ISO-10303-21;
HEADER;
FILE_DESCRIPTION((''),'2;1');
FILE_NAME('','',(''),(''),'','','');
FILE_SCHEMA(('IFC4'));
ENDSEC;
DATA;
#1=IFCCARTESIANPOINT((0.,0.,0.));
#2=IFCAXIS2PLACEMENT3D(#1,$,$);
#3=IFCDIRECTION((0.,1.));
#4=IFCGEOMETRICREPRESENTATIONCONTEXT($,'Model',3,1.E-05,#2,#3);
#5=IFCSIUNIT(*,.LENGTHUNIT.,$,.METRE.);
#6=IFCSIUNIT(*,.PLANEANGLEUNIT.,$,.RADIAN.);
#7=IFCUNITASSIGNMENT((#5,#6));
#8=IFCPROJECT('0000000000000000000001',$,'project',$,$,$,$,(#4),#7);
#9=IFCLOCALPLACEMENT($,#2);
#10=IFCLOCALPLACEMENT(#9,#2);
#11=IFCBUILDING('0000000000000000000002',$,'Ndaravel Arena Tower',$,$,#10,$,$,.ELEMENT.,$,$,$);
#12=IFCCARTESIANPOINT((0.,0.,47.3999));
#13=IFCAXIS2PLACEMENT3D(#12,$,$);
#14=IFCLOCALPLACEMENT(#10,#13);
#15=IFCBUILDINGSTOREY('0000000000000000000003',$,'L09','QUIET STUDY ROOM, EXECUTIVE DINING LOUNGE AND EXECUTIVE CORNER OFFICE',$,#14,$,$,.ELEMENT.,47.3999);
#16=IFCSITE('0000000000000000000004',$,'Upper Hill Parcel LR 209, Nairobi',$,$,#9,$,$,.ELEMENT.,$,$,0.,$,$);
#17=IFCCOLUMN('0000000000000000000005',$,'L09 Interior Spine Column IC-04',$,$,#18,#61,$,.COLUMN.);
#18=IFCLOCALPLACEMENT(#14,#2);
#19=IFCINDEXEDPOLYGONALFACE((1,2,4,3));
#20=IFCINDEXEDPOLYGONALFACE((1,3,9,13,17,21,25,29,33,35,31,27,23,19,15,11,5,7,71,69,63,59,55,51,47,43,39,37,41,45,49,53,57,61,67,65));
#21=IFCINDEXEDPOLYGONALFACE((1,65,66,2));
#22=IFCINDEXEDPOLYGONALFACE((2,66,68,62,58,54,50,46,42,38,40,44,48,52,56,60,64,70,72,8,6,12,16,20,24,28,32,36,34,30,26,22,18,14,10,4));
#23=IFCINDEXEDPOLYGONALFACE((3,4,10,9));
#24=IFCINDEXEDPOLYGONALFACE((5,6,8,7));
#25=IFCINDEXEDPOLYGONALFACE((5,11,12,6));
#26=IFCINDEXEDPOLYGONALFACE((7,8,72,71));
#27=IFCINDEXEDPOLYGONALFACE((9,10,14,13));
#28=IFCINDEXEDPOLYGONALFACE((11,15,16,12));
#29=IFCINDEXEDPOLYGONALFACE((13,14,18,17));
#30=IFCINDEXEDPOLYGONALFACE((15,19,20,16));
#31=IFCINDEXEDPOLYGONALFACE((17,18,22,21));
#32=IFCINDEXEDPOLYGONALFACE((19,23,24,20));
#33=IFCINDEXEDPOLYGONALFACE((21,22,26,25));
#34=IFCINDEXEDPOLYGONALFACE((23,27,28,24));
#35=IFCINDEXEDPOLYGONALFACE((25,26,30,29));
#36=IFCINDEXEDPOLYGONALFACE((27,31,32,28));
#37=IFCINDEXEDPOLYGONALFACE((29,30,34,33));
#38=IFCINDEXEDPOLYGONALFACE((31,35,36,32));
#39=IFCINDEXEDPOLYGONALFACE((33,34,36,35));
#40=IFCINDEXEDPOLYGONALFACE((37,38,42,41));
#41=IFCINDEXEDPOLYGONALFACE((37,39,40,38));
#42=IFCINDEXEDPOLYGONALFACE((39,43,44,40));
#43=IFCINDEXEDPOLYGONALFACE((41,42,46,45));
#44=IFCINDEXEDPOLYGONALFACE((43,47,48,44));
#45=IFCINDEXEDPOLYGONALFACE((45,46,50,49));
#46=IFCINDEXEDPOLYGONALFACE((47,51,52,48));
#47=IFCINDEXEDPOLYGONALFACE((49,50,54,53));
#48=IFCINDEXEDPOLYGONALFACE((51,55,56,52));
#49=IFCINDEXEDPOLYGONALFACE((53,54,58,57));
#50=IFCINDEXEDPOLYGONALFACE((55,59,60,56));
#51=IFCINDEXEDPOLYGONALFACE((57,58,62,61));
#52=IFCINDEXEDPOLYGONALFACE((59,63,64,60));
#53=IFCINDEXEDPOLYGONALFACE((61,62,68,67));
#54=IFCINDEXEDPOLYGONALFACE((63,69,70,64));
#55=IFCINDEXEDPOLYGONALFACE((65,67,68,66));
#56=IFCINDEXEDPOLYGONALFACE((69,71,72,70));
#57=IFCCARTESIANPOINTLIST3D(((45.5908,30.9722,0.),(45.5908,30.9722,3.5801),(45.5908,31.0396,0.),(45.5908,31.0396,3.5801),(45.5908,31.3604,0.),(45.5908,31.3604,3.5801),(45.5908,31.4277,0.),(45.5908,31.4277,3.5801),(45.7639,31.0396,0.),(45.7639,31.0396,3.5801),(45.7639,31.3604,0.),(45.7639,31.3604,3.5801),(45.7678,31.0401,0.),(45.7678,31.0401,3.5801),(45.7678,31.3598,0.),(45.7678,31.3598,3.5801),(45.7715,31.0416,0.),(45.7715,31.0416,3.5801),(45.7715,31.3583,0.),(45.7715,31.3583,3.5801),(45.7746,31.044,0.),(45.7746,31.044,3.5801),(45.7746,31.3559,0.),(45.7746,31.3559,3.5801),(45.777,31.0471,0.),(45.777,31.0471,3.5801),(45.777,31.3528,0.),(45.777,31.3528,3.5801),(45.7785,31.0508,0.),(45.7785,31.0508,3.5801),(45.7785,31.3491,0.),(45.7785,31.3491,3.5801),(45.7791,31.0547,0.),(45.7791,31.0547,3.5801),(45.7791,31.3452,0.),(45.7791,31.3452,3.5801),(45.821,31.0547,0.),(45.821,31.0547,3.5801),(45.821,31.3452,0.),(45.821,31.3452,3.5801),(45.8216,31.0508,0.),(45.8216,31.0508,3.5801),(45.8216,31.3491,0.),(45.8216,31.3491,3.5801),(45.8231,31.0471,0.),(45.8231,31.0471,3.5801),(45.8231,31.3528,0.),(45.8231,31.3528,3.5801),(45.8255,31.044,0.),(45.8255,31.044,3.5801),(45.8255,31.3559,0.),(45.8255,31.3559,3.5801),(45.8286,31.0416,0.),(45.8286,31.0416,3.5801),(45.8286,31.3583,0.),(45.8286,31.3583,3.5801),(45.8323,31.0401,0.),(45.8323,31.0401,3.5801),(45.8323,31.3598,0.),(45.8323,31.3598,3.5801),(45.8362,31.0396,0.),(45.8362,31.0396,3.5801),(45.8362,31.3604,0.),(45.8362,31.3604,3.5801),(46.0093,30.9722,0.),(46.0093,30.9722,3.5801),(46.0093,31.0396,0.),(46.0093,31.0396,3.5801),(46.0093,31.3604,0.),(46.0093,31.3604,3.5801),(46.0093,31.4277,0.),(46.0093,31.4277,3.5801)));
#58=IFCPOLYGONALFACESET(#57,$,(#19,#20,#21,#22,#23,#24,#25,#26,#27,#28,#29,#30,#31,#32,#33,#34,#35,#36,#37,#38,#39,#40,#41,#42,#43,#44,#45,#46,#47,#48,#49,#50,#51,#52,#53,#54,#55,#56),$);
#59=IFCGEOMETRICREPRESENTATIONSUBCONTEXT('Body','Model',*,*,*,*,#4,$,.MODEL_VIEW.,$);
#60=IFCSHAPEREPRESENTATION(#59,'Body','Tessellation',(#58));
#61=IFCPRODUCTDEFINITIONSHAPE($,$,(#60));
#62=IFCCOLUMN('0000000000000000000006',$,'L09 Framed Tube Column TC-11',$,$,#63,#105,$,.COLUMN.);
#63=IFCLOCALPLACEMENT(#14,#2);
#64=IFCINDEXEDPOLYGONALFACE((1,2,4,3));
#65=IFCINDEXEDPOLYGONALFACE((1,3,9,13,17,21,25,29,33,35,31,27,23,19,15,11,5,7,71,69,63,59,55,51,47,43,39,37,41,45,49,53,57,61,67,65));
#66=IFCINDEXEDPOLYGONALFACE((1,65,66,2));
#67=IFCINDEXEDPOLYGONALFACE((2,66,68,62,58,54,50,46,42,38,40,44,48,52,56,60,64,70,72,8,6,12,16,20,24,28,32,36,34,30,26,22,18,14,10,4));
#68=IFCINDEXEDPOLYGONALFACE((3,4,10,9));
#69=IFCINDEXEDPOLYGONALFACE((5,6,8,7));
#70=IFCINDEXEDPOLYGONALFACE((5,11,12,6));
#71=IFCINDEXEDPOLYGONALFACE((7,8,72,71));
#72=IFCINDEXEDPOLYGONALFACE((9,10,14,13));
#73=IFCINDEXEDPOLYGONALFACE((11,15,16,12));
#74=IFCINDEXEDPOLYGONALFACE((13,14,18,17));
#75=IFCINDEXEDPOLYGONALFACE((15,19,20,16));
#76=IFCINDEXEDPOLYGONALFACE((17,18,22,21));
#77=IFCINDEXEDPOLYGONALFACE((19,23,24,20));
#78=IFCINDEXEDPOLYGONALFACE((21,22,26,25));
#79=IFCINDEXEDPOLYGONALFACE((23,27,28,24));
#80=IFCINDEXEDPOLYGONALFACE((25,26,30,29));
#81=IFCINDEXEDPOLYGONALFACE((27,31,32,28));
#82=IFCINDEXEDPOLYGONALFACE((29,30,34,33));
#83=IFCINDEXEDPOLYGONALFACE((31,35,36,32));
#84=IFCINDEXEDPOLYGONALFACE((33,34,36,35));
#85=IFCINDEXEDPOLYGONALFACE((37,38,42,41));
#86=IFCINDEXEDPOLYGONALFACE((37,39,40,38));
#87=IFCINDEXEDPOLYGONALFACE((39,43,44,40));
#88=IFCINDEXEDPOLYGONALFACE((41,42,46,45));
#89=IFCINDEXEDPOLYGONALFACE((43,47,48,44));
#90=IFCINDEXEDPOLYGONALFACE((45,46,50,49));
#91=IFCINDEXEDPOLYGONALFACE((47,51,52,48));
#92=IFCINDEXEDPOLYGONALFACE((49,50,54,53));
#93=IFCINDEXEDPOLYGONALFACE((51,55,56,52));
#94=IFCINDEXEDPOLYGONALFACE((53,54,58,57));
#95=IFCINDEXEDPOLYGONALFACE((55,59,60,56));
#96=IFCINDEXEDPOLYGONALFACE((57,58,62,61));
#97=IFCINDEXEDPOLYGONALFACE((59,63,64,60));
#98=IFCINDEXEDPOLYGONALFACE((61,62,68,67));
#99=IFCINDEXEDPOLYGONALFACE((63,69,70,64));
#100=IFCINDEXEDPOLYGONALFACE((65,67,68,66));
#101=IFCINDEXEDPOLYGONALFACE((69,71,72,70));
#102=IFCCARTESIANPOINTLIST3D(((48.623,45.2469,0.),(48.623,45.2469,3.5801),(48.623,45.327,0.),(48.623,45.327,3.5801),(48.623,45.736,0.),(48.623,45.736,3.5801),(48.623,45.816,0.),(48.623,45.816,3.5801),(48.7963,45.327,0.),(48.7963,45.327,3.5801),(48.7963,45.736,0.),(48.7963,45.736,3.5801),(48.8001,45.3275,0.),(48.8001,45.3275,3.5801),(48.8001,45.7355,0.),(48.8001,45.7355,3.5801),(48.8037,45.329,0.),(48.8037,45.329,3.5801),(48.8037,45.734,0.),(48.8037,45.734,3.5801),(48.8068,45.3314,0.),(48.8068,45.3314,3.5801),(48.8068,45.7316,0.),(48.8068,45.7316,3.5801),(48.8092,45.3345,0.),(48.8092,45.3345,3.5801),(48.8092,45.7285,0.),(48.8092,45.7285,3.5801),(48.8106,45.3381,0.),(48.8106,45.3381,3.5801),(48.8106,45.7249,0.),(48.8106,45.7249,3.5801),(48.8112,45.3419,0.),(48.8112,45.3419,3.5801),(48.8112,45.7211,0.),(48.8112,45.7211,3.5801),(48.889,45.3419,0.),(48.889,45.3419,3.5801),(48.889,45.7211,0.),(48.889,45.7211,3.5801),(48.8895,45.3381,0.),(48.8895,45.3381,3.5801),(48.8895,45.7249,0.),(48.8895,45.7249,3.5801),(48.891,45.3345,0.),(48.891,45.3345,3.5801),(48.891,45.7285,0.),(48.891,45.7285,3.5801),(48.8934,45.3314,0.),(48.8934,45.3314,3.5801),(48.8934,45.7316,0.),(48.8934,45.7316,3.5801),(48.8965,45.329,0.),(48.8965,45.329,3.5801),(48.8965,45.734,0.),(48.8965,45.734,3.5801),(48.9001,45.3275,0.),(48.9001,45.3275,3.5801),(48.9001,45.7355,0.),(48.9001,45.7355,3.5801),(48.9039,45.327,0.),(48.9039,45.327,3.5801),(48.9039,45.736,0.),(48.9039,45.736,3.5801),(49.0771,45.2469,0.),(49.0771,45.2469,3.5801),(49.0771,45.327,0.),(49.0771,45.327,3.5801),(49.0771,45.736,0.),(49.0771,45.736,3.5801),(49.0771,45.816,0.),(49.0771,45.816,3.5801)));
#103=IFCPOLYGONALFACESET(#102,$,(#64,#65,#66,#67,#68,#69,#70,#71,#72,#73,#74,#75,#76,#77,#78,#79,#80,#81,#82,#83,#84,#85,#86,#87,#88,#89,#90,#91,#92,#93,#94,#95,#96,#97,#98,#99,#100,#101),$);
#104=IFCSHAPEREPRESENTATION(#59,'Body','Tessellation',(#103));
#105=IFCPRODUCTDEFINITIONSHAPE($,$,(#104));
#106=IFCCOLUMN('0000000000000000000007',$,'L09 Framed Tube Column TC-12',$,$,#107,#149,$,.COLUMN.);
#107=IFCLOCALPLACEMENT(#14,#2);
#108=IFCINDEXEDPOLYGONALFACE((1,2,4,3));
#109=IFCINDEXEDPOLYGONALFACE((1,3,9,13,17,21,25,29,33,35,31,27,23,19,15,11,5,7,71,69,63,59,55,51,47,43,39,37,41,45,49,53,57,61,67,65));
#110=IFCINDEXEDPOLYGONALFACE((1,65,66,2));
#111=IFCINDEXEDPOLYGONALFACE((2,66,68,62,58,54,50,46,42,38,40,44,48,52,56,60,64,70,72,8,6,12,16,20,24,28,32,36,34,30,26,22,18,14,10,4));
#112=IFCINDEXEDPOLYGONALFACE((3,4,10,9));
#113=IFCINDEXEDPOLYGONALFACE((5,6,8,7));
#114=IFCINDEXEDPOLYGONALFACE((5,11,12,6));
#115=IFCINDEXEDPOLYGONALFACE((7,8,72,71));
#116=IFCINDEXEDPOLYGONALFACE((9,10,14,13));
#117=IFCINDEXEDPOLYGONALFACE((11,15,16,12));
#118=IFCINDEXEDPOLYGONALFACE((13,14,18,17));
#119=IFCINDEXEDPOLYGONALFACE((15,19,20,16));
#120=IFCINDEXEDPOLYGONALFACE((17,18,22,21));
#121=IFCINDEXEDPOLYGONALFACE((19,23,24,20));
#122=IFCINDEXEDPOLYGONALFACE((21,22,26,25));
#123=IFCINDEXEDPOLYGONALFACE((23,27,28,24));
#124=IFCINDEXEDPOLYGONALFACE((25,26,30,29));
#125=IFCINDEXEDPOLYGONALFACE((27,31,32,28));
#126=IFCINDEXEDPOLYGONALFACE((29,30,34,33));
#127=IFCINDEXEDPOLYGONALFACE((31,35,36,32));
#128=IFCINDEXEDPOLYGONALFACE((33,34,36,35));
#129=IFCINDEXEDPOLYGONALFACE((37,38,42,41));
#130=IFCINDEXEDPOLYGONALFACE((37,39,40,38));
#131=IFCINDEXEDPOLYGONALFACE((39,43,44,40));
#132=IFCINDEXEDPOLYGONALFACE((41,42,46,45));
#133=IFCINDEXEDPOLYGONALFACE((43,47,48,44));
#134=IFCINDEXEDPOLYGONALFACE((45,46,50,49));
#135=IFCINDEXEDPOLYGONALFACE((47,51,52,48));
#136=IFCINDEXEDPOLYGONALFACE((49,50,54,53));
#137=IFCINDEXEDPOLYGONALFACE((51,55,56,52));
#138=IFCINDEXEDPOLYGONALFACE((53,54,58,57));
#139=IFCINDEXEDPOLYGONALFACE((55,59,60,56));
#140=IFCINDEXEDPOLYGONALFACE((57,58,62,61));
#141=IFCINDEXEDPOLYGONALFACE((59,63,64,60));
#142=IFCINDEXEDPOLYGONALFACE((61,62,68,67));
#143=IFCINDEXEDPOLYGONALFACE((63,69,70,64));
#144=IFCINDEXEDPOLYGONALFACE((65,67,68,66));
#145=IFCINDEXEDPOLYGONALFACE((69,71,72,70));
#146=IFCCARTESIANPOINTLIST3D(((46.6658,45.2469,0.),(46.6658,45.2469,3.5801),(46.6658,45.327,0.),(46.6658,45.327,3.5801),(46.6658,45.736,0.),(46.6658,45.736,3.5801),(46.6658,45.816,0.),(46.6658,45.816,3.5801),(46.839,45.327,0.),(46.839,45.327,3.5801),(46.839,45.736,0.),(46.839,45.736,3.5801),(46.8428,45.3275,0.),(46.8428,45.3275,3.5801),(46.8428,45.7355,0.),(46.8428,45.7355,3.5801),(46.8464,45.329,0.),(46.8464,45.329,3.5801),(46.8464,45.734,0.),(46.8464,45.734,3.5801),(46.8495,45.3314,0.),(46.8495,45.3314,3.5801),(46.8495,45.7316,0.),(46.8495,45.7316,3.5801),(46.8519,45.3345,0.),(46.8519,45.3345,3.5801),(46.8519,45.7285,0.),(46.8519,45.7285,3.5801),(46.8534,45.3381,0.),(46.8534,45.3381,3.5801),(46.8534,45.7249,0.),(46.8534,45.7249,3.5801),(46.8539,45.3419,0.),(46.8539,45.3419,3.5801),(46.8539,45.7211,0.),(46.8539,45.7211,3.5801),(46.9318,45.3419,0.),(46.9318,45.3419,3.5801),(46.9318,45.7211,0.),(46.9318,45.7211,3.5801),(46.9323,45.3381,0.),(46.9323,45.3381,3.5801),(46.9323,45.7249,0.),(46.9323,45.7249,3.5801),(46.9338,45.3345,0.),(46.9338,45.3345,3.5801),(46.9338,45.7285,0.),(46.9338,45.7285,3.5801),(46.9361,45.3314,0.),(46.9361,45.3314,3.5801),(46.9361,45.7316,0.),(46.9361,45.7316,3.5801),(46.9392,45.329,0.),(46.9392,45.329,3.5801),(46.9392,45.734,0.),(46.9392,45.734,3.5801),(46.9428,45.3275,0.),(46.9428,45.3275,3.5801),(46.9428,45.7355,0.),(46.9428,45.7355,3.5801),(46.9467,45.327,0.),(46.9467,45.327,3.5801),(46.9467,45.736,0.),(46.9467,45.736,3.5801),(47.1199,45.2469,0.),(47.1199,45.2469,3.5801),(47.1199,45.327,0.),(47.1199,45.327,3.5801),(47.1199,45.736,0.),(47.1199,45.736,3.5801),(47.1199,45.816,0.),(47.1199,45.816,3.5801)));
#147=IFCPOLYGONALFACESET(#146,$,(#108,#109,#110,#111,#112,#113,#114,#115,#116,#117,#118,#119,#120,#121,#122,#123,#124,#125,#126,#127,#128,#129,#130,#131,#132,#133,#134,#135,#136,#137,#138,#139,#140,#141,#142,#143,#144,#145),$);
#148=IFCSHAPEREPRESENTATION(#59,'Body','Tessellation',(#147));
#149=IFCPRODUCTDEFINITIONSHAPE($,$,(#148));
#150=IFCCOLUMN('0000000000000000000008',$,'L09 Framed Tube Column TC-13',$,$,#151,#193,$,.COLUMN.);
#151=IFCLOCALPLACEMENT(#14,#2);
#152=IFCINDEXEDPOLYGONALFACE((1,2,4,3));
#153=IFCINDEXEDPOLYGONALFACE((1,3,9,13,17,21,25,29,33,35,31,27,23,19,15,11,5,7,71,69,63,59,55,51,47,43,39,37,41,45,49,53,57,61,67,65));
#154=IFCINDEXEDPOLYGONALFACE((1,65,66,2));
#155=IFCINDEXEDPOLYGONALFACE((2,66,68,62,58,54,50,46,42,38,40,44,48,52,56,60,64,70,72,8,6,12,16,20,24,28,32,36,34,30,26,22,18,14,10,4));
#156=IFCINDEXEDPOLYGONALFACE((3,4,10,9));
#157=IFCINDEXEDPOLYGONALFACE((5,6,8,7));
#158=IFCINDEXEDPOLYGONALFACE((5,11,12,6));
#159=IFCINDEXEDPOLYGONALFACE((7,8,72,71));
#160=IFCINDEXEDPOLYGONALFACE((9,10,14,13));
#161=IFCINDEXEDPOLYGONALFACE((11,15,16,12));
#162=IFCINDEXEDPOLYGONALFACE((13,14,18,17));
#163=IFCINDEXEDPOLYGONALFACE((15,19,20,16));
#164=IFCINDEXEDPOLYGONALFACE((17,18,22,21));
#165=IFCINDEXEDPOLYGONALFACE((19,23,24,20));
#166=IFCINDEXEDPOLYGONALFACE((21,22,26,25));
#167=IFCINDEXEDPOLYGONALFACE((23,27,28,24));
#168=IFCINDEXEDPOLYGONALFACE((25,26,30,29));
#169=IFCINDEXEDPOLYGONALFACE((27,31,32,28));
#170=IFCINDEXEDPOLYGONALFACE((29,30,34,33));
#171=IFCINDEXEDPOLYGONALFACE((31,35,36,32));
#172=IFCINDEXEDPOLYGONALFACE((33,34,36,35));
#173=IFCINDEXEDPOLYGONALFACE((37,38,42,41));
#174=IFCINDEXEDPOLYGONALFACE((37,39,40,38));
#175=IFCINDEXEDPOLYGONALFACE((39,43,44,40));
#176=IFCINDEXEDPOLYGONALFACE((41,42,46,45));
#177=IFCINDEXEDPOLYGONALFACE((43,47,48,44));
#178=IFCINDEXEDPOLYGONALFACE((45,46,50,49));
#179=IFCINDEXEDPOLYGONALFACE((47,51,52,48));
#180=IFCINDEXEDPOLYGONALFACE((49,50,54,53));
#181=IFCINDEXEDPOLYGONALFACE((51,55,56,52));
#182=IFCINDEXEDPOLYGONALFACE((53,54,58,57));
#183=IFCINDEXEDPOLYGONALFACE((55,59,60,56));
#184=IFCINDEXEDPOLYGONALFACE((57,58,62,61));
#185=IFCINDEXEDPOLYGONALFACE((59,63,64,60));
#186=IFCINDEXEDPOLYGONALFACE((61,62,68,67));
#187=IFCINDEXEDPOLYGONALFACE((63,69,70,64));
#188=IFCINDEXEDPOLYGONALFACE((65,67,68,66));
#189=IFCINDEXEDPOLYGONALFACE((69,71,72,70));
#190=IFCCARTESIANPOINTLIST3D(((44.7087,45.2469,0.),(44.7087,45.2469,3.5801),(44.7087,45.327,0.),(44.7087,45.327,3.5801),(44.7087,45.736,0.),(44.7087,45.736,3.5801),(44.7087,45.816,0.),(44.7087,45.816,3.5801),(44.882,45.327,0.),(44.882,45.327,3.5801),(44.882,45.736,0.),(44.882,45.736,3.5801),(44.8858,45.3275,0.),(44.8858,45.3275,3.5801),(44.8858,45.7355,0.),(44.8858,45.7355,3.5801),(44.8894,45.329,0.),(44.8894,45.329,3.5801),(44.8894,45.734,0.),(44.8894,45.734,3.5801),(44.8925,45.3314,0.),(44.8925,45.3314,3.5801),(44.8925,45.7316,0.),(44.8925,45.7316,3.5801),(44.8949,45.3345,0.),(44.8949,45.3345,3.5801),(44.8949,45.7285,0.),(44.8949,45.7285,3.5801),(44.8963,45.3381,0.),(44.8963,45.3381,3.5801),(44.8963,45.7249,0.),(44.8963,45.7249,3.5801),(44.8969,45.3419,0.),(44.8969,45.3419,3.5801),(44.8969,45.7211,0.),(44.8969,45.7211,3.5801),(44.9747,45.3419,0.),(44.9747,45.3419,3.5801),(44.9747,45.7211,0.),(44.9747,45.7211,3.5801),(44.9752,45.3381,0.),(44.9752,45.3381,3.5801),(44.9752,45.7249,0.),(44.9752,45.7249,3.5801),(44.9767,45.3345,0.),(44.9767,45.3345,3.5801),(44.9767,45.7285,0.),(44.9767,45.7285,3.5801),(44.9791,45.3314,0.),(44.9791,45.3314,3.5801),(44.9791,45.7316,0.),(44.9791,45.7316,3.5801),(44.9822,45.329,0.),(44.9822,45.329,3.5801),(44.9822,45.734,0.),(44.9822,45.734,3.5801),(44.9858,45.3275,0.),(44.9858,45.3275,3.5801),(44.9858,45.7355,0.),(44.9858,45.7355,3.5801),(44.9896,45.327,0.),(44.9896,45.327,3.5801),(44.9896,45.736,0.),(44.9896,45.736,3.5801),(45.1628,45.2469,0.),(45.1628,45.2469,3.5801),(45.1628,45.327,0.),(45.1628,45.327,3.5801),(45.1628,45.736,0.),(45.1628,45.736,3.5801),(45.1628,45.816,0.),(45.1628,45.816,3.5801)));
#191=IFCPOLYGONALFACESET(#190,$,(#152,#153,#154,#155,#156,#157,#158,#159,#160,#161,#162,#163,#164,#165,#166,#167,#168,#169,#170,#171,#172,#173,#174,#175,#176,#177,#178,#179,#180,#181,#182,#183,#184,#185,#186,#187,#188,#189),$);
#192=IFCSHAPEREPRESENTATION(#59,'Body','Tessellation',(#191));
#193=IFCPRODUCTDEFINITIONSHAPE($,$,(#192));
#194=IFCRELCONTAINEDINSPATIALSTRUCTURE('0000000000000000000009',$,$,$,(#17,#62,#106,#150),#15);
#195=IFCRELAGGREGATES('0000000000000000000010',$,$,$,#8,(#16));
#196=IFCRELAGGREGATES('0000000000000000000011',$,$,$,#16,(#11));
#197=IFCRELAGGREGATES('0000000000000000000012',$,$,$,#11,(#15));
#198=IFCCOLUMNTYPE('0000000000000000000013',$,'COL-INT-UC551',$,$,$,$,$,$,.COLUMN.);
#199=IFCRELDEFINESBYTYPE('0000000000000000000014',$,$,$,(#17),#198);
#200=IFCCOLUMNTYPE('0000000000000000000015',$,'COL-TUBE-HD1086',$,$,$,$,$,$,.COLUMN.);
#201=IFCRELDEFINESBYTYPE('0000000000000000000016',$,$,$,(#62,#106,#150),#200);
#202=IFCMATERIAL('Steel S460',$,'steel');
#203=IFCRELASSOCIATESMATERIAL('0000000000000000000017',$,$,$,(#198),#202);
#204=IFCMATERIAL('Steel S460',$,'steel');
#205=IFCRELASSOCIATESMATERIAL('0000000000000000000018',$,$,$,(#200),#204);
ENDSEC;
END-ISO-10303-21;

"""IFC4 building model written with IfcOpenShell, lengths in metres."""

from ifc_helpers import new_model, si_unit, direction, frame, origin, origin_2d, place, context, subcontext, project, spatial, i_section, extrude, material, material_profile, profile_set, type_object, element, save


model = new_model("IFC4")

# Units and contexts
model_context = context("Model", 3, precision=1e-05, world=origin(), true_north=direction((0.0, 1.0)))
body_context = subcontext(model_context, "Body", "Model", "MODEL_VIEW")
ifc_project = project(units=[si_unit("LENGTHUNIT", "METRE"), si_unit("PLANEANGLEUNIT", "RADIAN")], contexts=[model_context])

# Site, building, storey
site_placement = place(None, origin())
site = spatial("IfcSite", under=ifc_project, at=site_placement, Name="Upper Hill Parcel LR 209, Nairobi", CompositionType="ELEMENT", RefElevation=0.0)
building_placement = place(site_placement, origin())
building = spatial("IfcBuilding", under=site, at=building_placement, Name="Ndaravel Arena Tower", CompositionType="ELEMENT")
storey_placement = place(building_placement, frame((0.0, 0.0, 47.3999)))
storey = spatial("IfcBuildingStorey", under=building, at=storey_placement, Name="L09", Description="QUIET STUDY ROOM, EXECUTIVE DINING LOUNGE AND EXECUTIVE CORNER OFFICE", CompositionType="ELEMENT", Elevation=47.3999)

# Columns
ifc_material_1 = material(Name="Steel S460", Category="steel")
ifc_material_profile_1 = material_profile(ifc_material_1, i_section(OverallWidth=0.4185, OverallDepth=0.4556, WebThickness=0.042, FlangeThickness=0.0674, FilletRadius=0.0151, at=origin_2d()), Name="UC 356x406x551")
ifc_profile_set_1 = profile_set([ifc_material_profile_1], Name="Steel S460")
column_type_1 = type_object("IfcColumnType", Name="COL-INT-UC551", PredefinedType="COLUMN", material=ifc_profile_set_1)
column_placement = place(storey_placement, frame((45.8, 31.2, 0.0), z_axis=(0.0, 0.0, 1.0), x_axis=(1.0, 0.0, 0.0)))
element("IfcColumn", 1, at=column_placement, inside=storey, type_object=column_type_1, Name="L09 Interior Spine Column IC-04", PredefinedType="COLUMN", context=body_context, shape_type="SweptSolid", body=[
    extrude(i_section(OverallWidth=0.4185, OverallDepth=0.4556, WebThickness=0.042, FlangeThickness=0.0674, FilletRadius=0.0151, at=origin_2d()), origin(), (0.0, 0.0, 1.0), 3.5801),
])
ifc_material_2 = material(Name="Steel S460", Category="steel")
ifc_material_profile_2 = material_profile(ifc_material_2, i_section(OverallWidth=0.4541, OverallDepth=0.5691, WebThickness=0.0779, FlangeThickness=0.0801, FilletRadius=0.0149, at=origin_2d()), Name="HD 400x1086")
ifc_profile_set_2 = profile_set([ifc_material_profile_2], Name="Steel S460")
column_type_2 = type_object("IfcColumnType", Name="COL-TUBE-HD1086", PredefinedType="COLUMN", material=ifc_profile_set_2)
for number, where, z_axis, x_axis, name in (
    (2, (48.8501, 45.5315, 0.0), (0.0, 0.0, 1.0), (1.0, 0.0, 0.0), "L09 Framed Tube Column TC-11"),
    (3, (46.8928, 45.5315, 0.0), (0.0, 0.0, 1.0), (1.0, 0.0, 0.0), "L09 Framed Tube Column TC-12"),
    (4, (44.9358, 45.5315, 0.0), (0.0, 0.0, 1.0), (1.0, 0.0, 0.0), "L09 Framed Tube Column TC-13"),
):
    element("IfcColumn", number, at=place(storey_placement, frame(where, z_axis=z_axis, x_axis=x_axis)), inside=storey, type_object=column_type_2, Name=name, PredefinedType="COLUMN", context=body_context, shape_type="SweptSolid", body=[
        extrude(i_section(OverallWidth=0.4541, OverallDepth=0.5691, WebThickness=0.0779, FlangeThickness=0.0801, FilletRadius=0.0149, at=origin_2d()), origin(), (0.0, 0.0, 1.0), 3.5801),
    ])

save(model, "model.ifc")
